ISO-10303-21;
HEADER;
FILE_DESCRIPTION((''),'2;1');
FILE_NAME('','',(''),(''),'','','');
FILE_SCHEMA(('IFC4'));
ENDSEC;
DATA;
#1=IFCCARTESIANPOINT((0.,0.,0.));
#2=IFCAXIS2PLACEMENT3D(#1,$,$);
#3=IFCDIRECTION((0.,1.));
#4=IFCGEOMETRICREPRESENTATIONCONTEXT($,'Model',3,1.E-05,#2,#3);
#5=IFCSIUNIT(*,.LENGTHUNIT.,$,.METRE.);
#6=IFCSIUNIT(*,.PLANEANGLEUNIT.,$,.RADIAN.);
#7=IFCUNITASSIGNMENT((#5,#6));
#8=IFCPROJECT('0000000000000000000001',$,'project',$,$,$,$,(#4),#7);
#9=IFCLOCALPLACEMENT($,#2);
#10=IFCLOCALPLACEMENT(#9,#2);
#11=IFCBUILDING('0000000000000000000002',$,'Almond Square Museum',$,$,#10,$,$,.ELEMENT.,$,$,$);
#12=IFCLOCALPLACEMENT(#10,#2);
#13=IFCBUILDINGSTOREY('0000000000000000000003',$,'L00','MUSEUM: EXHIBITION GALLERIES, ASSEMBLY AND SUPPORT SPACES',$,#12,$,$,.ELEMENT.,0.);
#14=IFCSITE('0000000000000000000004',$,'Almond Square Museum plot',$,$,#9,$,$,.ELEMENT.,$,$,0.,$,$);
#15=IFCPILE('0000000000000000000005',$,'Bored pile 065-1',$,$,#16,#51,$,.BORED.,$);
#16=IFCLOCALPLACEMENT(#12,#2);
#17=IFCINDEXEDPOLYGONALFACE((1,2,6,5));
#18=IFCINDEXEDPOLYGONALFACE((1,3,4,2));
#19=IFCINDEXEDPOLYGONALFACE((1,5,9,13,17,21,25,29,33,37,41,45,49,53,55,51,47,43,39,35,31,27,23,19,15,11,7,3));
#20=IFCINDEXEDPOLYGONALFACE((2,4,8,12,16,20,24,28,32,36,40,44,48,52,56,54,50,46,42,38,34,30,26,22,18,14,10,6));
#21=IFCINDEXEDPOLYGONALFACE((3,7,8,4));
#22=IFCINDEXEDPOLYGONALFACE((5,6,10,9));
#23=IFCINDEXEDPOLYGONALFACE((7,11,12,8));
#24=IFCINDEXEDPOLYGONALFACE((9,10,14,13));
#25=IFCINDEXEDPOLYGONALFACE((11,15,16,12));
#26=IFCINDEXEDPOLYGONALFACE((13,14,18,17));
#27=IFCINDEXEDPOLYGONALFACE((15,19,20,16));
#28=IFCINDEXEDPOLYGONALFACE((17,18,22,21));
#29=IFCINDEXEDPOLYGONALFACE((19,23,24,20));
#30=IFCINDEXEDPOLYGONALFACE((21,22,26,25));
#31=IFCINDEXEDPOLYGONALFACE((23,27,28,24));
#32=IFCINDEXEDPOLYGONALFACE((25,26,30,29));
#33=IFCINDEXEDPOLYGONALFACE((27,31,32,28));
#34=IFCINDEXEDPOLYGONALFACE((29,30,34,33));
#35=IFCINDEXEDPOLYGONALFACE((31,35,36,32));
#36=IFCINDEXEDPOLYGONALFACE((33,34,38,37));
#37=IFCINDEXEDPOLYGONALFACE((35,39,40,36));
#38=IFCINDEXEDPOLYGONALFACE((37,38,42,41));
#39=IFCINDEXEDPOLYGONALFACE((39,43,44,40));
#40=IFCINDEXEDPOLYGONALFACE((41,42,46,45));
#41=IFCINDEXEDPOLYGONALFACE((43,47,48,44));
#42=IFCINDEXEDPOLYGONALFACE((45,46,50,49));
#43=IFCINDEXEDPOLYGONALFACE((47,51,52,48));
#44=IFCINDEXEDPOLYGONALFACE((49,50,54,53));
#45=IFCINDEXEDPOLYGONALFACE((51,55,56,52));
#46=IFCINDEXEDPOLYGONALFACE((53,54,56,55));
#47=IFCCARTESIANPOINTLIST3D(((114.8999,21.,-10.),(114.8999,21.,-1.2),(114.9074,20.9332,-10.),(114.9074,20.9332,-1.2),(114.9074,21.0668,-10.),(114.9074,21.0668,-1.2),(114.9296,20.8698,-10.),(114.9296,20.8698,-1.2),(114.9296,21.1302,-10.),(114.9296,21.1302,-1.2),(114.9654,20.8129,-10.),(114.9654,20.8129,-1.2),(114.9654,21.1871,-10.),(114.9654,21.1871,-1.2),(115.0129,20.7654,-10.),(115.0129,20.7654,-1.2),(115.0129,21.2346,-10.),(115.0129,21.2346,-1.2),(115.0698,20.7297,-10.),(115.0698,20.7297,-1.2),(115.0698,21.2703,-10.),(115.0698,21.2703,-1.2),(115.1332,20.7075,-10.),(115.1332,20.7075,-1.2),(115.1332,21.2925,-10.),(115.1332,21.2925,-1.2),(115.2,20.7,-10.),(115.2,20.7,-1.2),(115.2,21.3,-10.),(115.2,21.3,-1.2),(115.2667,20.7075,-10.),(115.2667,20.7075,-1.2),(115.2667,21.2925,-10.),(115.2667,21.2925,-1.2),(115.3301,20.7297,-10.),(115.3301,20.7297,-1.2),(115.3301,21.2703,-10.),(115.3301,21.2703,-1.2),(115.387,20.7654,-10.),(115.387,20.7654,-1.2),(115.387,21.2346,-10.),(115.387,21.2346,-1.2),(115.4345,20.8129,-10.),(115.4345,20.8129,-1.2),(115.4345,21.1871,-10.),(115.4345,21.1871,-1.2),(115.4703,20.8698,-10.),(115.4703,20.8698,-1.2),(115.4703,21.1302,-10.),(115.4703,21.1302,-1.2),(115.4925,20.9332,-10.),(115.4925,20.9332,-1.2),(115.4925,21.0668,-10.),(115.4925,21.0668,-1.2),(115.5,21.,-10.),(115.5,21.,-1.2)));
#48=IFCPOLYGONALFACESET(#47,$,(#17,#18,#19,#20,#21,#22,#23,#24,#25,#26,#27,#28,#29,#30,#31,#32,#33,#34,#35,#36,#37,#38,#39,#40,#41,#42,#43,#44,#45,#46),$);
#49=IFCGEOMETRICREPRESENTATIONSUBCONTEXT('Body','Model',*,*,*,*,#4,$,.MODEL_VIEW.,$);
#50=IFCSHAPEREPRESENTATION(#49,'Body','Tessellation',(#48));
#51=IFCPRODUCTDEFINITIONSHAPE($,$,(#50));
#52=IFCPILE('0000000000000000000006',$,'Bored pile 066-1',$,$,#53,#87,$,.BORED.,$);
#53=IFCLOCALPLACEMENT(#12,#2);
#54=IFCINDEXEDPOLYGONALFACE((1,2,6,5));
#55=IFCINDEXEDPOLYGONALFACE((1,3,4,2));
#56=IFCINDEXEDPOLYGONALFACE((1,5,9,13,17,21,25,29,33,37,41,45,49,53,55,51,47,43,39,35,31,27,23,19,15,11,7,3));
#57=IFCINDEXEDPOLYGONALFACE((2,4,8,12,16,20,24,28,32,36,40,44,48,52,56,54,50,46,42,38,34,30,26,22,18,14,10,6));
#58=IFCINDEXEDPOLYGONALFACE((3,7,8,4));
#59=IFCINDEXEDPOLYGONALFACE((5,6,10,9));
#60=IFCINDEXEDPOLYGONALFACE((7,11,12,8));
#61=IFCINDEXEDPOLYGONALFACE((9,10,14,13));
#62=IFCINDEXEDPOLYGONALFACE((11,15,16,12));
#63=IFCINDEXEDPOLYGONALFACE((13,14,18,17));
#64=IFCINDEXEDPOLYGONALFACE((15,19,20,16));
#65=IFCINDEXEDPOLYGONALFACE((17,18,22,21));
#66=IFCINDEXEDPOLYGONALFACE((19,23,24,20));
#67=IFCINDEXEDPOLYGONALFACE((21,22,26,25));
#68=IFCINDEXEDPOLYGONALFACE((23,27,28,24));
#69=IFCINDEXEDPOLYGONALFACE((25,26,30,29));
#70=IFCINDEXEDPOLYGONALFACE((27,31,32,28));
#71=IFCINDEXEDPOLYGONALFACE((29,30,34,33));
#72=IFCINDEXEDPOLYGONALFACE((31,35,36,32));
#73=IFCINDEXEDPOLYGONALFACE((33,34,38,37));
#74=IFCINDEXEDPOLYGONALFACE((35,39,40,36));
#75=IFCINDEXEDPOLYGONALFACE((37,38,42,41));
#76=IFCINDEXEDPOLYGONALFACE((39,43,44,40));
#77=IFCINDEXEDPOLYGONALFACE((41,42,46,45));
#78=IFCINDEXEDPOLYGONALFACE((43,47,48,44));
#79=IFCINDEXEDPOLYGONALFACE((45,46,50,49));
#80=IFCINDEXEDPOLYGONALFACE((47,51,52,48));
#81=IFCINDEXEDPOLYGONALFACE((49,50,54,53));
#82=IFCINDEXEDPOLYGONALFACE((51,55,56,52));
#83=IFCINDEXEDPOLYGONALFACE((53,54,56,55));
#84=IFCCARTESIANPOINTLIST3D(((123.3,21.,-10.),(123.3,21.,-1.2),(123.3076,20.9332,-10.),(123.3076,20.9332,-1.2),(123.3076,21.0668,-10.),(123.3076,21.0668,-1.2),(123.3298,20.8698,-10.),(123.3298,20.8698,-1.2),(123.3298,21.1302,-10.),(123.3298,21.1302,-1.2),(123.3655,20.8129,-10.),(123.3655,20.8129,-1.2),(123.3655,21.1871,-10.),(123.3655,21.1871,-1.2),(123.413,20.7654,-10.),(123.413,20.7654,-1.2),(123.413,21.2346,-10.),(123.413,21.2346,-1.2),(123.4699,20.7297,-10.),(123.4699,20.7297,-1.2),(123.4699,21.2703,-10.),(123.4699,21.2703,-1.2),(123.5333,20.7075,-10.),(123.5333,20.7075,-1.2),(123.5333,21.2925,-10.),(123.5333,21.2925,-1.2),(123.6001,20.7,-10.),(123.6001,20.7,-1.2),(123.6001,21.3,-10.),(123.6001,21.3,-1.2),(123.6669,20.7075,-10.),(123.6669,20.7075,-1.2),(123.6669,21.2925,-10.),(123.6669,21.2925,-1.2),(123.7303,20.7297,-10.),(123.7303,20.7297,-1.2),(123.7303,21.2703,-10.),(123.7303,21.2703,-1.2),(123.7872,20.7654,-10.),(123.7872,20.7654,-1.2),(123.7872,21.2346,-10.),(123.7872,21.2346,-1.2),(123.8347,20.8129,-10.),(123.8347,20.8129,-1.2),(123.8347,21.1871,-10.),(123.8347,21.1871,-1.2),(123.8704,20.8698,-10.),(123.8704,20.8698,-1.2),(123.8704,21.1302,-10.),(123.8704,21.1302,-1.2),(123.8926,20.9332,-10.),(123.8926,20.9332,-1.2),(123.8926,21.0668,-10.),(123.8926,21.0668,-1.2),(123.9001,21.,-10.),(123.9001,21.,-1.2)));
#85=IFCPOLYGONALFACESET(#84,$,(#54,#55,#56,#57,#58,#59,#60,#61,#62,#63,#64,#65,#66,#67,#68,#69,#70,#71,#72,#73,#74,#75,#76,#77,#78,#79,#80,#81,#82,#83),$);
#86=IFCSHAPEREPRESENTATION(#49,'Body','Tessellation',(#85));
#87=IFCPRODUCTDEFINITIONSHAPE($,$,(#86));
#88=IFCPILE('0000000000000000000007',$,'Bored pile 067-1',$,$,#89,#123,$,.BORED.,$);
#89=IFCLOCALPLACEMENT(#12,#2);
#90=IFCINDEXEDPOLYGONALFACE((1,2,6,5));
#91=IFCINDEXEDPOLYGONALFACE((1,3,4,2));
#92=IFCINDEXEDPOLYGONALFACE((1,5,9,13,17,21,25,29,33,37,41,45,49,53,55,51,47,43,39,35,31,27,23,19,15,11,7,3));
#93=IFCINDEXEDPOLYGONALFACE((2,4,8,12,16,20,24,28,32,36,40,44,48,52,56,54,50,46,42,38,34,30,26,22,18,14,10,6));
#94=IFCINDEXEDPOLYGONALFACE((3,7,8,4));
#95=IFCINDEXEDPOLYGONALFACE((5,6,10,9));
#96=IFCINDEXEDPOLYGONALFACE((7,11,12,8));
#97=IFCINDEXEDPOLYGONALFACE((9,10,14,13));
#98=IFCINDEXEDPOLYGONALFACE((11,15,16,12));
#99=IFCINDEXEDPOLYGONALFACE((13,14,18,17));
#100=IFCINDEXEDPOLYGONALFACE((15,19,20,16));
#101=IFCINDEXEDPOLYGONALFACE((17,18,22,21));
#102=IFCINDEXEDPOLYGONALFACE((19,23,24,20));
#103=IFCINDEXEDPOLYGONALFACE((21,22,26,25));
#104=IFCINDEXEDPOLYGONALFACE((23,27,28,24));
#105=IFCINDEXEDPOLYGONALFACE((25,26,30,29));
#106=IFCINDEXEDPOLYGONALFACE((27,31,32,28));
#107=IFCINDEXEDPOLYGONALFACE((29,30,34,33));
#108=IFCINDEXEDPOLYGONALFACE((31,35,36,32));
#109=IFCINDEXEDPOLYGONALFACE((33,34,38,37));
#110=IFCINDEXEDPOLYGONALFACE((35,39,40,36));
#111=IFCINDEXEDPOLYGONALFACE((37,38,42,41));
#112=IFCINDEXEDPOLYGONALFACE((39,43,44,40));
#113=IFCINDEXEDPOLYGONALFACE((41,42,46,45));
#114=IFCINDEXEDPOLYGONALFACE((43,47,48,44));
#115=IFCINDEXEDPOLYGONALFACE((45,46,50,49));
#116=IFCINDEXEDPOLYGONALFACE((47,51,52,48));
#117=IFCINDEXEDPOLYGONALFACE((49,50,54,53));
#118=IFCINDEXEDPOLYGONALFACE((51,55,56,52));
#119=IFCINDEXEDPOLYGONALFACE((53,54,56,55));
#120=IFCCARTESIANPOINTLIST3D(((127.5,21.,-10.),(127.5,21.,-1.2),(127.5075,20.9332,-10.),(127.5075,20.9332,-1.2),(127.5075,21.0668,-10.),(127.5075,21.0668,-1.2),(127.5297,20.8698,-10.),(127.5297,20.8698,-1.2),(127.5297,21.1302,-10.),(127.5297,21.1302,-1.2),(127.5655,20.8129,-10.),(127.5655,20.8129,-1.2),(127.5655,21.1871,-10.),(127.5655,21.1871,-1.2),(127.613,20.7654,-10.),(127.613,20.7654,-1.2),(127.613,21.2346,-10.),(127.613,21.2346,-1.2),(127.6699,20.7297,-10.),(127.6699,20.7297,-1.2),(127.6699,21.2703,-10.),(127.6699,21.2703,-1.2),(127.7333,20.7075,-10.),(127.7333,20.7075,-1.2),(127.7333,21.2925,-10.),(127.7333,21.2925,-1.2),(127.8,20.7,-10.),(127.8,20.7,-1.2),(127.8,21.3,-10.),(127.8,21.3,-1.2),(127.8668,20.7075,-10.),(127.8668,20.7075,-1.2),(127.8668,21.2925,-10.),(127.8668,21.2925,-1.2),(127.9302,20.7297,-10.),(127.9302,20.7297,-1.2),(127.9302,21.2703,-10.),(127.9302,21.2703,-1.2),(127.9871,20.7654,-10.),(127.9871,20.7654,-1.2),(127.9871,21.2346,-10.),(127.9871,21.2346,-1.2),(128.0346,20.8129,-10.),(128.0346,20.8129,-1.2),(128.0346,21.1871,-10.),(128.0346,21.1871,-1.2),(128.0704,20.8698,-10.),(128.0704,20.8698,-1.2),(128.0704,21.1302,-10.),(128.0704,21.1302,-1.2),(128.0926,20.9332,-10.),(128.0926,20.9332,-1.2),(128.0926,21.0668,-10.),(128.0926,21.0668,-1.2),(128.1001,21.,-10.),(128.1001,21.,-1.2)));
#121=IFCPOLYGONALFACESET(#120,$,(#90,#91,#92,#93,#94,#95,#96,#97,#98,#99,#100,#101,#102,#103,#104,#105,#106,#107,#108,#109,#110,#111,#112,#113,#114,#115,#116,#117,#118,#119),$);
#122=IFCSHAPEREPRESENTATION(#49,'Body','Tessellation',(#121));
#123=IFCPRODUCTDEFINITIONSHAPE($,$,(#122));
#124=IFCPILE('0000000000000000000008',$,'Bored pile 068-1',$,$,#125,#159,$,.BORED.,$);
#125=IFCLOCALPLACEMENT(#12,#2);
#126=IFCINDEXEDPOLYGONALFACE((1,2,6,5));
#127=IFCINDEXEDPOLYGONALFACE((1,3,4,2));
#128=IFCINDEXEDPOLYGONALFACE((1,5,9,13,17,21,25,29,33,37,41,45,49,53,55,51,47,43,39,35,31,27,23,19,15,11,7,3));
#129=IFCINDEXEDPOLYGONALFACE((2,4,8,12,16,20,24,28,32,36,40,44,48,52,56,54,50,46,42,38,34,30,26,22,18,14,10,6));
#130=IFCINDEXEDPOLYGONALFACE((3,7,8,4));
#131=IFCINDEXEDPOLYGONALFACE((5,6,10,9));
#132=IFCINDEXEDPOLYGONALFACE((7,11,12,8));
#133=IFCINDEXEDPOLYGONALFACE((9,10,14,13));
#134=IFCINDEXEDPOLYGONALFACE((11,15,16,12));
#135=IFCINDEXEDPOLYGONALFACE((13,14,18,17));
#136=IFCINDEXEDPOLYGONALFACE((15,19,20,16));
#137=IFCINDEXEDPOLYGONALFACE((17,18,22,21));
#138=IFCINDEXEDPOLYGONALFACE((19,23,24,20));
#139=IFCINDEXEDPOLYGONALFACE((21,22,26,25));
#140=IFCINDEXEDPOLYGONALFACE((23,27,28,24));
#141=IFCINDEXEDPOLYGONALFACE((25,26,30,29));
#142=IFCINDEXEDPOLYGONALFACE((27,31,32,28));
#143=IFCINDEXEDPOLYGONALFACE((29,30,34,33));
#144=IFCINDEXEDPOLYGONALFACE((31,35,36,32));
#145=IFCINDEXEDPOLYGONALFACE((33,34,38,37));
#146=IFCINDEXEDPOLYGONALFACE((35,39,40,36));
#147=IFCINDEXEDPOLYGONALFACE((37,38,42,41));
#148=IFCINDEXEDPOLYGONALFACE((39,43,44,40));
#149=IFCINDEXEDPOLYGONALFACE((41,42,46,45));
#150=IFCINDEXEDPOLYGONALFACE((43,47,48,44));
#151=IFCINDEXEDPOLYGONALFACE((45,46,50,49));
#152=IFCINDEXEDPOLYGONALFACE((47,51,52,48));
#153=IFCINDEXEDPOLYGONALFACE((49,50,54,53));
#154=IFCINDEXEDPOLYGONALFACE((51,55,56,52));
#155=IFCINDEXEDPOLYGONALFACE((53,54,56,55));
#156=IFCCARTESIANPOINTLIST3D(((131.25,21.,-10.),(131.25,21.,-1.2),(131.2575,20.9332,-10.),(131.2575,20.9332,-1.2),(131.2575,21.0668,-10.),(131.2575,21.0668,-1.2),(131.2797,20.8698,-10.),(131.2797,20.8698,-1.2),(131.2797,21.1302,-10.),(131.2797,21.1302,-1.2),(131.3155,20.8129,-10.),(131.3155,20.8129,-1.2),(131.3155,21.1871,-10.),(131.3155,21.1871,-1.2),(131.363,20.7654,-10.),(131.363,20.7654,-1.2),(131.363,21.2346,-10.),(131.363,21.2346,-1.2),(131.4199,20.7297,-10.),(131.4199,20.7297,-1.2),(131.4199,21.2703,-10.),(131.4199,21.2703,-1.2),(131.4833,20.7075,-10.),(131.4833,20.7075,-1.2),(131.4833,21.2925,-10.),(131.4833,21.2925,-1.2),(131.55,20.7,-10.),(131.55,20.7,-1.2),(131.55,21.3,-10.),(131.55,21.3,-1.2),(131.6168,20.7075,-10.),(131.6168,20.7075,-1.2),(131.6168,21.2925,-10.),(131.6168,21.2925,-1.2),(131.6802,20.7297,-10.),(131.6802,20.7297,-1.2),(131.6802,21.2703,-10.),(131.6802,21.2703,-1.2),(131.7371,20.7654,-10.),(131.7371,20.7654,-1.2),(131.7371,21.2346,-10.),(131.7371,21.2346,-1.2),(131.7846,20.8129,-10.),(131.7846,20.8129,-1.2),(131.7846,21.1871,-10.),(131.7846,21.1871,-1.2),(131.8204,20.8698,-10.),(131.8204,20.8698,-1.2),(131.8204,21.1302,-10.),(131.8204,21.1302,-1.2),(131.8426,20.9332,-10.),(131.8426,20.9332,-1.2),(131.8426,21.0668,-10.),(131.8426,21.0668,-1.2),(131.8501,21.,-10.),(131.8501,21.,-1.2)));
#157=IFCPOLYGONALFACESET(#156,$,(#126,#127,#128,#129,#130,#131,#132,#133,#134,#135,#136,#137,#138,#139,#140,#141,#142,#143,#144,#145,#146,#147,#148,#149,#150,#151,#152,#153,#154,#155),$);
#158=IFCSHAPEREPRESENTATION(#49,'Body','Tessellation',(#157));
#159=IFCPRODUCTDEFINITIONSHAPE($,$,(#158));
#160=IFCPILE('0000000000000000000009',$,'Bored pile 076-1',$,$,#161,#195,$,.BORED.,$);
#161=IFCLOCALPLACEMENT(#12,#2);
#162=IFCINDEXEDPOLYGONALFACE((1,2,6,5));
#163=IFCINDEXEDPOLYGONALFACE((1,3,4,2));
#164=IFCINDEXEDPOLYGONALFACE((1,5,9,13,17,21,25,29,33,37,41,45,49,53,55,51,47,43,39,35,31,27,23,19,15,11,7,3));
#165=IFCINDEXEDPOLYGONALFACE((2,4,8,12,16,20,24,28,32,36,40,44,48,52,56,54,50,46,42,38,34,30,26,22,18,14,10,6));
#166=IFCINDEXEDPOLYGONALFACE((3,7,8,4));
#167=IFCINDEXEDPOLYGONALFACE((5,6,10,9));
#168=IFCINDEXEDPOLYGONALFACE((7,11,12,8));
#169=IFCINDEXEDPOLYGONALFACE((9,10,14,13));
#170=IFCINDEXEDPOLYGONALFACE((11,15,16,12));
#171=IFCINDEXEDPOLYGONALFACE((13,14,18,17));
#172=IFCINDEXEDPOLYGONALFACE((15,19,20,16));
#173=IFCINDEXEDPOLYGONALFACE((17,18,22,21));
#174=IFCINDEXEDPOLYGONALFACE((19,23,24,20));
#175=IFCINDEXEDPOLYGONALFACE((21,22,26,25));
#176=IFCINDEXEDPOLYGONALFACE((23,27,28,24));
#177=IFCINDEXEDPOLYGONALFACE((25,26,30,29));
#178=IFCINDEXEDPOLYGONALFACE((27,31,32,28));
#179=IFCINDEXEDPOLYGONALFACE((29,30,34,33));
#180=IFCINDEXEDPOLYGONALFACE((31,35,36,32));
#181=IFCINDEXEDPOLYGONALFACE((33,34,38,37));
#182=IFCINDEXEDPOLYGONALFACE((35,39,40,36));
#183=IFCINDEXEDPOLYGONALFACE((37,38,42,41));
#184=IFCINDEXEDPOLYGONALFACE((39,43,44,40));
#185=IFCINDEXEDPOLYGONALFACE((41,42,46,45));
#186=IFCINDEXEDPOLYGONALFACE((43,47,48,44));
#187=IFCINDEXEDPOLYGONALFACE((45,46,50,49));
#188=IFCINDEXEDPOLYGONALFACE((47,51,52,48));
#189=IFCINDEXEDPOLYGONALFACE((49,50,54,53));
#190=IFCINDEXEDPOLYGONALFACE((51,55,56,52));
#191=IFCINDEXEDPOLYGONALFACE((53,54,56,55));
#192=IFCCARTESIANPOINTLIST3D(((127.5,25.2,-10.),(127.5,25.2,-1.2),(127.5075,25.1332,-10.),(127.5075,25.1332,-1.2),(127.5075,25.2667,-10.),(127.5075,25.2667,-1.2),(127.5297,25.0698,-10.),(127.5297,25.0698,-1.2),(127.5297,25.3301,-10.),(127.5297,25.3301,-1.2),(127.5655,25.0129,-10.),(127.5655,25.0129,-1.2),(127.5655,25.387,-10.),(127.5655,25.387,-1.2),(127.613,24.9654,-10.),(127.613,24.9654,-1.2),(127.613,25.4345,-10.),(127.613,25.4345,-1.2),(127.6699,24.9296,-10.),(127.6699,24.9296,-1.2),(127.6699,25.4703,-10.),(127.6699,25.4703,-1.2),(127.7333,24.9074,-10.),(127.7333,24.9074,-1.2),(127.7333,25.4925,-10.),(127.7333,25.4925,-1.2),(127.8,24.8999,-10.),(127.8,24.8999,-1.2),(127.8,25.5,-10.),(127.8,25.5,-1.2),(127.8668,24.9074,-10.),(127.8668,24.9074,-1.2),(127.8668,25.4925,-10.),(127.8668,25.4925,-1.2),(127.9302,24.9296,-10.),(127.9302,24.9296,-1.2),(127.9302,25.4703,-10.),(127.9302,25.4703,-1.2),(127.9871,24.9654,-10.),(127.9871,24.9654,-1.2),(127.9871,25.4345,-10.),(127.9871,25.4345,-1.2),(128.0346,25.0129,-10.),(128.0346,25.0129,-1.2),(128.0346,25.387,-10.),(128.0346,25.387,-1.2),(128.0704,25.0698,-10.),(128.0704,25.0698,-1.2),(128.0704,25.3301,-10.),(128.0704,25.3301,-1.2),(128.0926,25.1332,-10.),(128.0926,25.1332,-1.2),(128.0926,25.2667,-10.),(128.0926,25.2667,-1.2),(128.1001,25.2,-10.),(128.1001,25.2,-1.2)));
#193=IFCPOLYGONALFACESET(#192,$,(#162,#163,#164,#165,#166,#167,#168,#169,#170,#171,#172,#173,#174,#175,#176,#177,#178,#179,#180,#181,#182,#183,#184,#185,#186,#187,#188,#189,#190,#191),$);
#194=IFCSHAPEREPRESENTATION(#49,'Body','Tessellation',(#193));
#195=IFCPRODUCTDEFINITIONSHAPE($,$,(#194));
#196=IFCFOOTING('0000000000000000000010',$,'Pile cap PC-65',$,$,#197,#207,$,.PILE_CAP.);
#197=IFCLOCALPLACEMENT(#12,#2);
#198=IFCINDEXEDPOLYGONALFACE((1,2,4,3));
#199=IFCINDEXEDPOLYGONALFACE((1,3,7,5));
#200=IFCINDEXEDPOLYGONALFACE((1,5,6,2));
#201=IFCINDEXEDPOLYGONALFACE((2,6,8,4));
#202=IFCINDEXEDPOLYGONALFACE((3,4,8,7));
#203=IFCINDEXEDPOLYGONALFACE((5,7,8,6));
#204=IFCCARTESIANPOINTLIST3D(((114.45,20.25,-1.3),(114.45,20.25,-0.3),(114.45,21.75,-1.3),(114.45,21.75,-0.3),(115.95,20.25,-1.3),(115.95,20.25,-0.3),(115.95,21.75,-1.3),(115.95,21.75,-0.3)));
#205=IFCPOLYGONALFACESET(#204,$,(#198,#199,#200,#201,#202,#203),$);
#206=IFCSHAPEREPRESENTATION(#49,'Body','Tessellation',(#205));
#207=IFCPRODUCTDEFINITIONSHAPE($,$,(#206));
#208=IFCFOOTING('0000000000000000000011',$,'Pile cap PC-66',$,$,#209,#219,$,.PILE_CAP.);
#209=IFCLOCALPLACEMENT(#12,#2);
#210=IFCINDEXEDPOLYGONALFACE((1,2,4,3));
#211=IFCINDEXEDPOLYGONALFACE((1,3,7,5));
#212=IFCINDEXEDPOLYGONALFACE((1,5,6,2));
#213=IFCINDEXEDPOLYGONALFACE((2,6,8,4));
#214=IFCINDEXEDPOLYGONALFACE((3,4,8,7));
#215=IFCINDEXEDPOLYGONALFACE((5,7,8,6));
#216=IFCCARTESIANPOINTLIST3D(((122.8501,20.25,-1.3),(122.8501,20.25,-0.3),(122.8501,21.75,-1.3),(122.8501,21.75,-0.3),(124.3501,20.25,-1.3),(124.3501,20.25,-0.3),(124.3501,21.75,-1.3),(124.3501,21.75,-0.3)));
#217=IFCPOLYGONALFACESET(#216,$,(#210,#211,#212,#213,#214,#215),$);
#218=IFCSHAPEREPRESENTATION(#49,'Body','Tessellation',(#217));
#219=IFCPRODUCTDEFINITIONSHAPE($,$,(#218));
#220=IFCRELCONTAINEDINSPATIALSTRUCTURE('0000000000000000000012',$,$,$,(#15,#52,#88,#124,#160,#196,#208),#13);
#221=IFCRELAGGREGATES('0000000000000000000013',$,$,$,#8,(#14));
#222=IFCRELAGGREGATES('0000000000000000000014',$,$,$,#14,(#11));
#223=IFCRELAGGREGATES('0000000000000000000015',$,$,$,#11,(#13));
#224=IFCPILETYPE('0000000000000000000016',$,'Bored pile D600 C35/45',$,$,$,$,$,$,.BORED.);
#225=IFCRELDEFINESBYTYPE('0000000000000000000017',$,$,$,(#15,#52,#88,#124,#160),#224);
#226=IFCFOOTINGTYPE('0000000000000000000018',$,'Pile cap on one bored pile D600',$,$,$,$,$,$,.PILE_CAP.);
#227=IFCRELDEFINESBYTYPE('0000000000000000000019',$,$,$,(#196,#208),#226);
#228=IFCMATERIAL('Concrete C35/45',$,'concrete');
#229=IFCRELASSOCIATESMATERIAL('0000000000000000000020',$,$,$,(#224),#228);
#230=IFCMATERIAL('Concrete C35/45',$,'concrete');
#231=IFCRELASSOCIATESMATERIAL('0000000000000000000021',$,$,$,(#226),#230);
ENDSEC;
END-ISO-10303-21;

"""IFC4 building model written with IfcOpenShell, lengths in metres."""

from ifc_helpers import new_model, si_unit, direction, frame, origin, origin_2d, place, context, subcontext, project, spatial, rectangle, circle, extrude, material, material_profile, profile_set, type_object, element, save


model = new_model("IFC4")

# Units and contexts
model_context = context("Model", 3, precision=1e-05, world=origin(), true_north=direction((0.0, 1.0)))
body_context = subcontext(model_context, "Body", "Model", "MODEL_VIEW")
ifc_project = project(units=[si_unit("LENGTHUNIT", "METRE"), si_unit("PLANEANGLEUNIT", "RADIAN")], contexts=[model_context])

# Site, building, storey
site_placement = place(None, origin())
site = spatial("IfcSite", under=ifc_project, at=site_placement, Name="Almond Square Museum plot", CompositionType="ELEMENT", RefElevation=0.0)
building_placement = place(site_placement, origin())
building = spatial("IfcBuilding", under=site, at=building_placement, Name="Almond Square Museum", CompositionType="ELEMENT")
storey_placement = place(building_placement, origin())
storey = spatial("IfcBuildingStorey", under=building, at=storey_placement, Name="L00", Description="MUSEUM: EXHIBITION GALLERIES, ASSEMBLY AND SUPPORT SPACES", CompositionType="ELEMENT", Elevation=0.0)

# Piles
ifc_material_1 = material(Name="Concrete C35/45", Category="concrete")
ifc_material_profile_1 = material_profile(ifc_material_1, circle(Radius=0.3, at=origin_2d()))
ifc_profile_set_1 = profile_set([ifc_material_profile_1], Name="Concrete C35/45")
pile_type = type_object("IfcPileType", Name="Bored pile D600 C35/45", PredefinedType="BORED", material=ifc_profile_set_1)
for number, where, z_axis, x_axis, name in (
    (1, (115.2, 21.0, -1.2), (0.0, 0.0, -1.0), (1.0, 0.0, 0.0), "Bored pile 065-1"),
    (2, (123.6001, 21.0, -1.2), (0.0, 0.0, -1.0), (1.0, 0.0, 0.0), "Bored pile 066-1"),
    (3, (127.8, 21.0, -1.2), (0.0, 0.0, -1.0), (1.0, 0.0, 0.0), "Bored pile 067-1"),
    (4, (131.55, 21.0, -1.2), (0.0, 0.0, -1.0), (1.0, 0.0, 0.0), "Bored pile 068-1"),
    (5, (127.8, 25.2, -1.2), (0.0, 0.0, -1.0), (1.0, 0.0, 0.0), "Bored pile 076-1"),
):
    element("IfcPile", number, at=place(storey_placement, frame(where, z_axis=z_axis, x_axis=x_axis)), inside=storey, type_object=pile_type, Name=name, PredefinedType="BORED", context=body_context, shape_type="SweptSolid", body=[
        extrude(circle(Radius=0.3, at=origin_2d()), origin(), (0.0, 0.0, 1.0), 8.8),
    ])

# Footings
ifc_material_2 = material(Name="Concrete C35/45", Category="concrete")
footing_type = type_object("IfcFootingType", Name="Pile cap on one bored pile D600", PredefinedType="PILE_CAP", material=ifc_material_2)
for number, where, z_axis, x_axis, name in (
    (6, (115.2, 21.0, -1.3), (0.0, 0.0, 1.0), (1.0, 0.0, 0.0), "Pile cap PC-65"),
    (7, (123.6001, 21.0, -1.3), (0.0, 0.0, 1.0), (1.0, 0.0, 0.0), "Pile cap PC-66"),
):
    element("IfcFooting", number, at=place(storey_placement, frame(where, z_axis=z_axis, x_axis=x_axis)), inside=storey, type_object=footing_type, Name=name, PredefinedType="PILE_CAP", context=body_context, shape_type="SweptSolid", body=[
        extrude(rectangle(XDim=1.5, YDim=1.5, at=origin_2d()), origin(), (0.0, 0.0, 1.0), 1.0),
    ])

save(model, "model.ifc")
